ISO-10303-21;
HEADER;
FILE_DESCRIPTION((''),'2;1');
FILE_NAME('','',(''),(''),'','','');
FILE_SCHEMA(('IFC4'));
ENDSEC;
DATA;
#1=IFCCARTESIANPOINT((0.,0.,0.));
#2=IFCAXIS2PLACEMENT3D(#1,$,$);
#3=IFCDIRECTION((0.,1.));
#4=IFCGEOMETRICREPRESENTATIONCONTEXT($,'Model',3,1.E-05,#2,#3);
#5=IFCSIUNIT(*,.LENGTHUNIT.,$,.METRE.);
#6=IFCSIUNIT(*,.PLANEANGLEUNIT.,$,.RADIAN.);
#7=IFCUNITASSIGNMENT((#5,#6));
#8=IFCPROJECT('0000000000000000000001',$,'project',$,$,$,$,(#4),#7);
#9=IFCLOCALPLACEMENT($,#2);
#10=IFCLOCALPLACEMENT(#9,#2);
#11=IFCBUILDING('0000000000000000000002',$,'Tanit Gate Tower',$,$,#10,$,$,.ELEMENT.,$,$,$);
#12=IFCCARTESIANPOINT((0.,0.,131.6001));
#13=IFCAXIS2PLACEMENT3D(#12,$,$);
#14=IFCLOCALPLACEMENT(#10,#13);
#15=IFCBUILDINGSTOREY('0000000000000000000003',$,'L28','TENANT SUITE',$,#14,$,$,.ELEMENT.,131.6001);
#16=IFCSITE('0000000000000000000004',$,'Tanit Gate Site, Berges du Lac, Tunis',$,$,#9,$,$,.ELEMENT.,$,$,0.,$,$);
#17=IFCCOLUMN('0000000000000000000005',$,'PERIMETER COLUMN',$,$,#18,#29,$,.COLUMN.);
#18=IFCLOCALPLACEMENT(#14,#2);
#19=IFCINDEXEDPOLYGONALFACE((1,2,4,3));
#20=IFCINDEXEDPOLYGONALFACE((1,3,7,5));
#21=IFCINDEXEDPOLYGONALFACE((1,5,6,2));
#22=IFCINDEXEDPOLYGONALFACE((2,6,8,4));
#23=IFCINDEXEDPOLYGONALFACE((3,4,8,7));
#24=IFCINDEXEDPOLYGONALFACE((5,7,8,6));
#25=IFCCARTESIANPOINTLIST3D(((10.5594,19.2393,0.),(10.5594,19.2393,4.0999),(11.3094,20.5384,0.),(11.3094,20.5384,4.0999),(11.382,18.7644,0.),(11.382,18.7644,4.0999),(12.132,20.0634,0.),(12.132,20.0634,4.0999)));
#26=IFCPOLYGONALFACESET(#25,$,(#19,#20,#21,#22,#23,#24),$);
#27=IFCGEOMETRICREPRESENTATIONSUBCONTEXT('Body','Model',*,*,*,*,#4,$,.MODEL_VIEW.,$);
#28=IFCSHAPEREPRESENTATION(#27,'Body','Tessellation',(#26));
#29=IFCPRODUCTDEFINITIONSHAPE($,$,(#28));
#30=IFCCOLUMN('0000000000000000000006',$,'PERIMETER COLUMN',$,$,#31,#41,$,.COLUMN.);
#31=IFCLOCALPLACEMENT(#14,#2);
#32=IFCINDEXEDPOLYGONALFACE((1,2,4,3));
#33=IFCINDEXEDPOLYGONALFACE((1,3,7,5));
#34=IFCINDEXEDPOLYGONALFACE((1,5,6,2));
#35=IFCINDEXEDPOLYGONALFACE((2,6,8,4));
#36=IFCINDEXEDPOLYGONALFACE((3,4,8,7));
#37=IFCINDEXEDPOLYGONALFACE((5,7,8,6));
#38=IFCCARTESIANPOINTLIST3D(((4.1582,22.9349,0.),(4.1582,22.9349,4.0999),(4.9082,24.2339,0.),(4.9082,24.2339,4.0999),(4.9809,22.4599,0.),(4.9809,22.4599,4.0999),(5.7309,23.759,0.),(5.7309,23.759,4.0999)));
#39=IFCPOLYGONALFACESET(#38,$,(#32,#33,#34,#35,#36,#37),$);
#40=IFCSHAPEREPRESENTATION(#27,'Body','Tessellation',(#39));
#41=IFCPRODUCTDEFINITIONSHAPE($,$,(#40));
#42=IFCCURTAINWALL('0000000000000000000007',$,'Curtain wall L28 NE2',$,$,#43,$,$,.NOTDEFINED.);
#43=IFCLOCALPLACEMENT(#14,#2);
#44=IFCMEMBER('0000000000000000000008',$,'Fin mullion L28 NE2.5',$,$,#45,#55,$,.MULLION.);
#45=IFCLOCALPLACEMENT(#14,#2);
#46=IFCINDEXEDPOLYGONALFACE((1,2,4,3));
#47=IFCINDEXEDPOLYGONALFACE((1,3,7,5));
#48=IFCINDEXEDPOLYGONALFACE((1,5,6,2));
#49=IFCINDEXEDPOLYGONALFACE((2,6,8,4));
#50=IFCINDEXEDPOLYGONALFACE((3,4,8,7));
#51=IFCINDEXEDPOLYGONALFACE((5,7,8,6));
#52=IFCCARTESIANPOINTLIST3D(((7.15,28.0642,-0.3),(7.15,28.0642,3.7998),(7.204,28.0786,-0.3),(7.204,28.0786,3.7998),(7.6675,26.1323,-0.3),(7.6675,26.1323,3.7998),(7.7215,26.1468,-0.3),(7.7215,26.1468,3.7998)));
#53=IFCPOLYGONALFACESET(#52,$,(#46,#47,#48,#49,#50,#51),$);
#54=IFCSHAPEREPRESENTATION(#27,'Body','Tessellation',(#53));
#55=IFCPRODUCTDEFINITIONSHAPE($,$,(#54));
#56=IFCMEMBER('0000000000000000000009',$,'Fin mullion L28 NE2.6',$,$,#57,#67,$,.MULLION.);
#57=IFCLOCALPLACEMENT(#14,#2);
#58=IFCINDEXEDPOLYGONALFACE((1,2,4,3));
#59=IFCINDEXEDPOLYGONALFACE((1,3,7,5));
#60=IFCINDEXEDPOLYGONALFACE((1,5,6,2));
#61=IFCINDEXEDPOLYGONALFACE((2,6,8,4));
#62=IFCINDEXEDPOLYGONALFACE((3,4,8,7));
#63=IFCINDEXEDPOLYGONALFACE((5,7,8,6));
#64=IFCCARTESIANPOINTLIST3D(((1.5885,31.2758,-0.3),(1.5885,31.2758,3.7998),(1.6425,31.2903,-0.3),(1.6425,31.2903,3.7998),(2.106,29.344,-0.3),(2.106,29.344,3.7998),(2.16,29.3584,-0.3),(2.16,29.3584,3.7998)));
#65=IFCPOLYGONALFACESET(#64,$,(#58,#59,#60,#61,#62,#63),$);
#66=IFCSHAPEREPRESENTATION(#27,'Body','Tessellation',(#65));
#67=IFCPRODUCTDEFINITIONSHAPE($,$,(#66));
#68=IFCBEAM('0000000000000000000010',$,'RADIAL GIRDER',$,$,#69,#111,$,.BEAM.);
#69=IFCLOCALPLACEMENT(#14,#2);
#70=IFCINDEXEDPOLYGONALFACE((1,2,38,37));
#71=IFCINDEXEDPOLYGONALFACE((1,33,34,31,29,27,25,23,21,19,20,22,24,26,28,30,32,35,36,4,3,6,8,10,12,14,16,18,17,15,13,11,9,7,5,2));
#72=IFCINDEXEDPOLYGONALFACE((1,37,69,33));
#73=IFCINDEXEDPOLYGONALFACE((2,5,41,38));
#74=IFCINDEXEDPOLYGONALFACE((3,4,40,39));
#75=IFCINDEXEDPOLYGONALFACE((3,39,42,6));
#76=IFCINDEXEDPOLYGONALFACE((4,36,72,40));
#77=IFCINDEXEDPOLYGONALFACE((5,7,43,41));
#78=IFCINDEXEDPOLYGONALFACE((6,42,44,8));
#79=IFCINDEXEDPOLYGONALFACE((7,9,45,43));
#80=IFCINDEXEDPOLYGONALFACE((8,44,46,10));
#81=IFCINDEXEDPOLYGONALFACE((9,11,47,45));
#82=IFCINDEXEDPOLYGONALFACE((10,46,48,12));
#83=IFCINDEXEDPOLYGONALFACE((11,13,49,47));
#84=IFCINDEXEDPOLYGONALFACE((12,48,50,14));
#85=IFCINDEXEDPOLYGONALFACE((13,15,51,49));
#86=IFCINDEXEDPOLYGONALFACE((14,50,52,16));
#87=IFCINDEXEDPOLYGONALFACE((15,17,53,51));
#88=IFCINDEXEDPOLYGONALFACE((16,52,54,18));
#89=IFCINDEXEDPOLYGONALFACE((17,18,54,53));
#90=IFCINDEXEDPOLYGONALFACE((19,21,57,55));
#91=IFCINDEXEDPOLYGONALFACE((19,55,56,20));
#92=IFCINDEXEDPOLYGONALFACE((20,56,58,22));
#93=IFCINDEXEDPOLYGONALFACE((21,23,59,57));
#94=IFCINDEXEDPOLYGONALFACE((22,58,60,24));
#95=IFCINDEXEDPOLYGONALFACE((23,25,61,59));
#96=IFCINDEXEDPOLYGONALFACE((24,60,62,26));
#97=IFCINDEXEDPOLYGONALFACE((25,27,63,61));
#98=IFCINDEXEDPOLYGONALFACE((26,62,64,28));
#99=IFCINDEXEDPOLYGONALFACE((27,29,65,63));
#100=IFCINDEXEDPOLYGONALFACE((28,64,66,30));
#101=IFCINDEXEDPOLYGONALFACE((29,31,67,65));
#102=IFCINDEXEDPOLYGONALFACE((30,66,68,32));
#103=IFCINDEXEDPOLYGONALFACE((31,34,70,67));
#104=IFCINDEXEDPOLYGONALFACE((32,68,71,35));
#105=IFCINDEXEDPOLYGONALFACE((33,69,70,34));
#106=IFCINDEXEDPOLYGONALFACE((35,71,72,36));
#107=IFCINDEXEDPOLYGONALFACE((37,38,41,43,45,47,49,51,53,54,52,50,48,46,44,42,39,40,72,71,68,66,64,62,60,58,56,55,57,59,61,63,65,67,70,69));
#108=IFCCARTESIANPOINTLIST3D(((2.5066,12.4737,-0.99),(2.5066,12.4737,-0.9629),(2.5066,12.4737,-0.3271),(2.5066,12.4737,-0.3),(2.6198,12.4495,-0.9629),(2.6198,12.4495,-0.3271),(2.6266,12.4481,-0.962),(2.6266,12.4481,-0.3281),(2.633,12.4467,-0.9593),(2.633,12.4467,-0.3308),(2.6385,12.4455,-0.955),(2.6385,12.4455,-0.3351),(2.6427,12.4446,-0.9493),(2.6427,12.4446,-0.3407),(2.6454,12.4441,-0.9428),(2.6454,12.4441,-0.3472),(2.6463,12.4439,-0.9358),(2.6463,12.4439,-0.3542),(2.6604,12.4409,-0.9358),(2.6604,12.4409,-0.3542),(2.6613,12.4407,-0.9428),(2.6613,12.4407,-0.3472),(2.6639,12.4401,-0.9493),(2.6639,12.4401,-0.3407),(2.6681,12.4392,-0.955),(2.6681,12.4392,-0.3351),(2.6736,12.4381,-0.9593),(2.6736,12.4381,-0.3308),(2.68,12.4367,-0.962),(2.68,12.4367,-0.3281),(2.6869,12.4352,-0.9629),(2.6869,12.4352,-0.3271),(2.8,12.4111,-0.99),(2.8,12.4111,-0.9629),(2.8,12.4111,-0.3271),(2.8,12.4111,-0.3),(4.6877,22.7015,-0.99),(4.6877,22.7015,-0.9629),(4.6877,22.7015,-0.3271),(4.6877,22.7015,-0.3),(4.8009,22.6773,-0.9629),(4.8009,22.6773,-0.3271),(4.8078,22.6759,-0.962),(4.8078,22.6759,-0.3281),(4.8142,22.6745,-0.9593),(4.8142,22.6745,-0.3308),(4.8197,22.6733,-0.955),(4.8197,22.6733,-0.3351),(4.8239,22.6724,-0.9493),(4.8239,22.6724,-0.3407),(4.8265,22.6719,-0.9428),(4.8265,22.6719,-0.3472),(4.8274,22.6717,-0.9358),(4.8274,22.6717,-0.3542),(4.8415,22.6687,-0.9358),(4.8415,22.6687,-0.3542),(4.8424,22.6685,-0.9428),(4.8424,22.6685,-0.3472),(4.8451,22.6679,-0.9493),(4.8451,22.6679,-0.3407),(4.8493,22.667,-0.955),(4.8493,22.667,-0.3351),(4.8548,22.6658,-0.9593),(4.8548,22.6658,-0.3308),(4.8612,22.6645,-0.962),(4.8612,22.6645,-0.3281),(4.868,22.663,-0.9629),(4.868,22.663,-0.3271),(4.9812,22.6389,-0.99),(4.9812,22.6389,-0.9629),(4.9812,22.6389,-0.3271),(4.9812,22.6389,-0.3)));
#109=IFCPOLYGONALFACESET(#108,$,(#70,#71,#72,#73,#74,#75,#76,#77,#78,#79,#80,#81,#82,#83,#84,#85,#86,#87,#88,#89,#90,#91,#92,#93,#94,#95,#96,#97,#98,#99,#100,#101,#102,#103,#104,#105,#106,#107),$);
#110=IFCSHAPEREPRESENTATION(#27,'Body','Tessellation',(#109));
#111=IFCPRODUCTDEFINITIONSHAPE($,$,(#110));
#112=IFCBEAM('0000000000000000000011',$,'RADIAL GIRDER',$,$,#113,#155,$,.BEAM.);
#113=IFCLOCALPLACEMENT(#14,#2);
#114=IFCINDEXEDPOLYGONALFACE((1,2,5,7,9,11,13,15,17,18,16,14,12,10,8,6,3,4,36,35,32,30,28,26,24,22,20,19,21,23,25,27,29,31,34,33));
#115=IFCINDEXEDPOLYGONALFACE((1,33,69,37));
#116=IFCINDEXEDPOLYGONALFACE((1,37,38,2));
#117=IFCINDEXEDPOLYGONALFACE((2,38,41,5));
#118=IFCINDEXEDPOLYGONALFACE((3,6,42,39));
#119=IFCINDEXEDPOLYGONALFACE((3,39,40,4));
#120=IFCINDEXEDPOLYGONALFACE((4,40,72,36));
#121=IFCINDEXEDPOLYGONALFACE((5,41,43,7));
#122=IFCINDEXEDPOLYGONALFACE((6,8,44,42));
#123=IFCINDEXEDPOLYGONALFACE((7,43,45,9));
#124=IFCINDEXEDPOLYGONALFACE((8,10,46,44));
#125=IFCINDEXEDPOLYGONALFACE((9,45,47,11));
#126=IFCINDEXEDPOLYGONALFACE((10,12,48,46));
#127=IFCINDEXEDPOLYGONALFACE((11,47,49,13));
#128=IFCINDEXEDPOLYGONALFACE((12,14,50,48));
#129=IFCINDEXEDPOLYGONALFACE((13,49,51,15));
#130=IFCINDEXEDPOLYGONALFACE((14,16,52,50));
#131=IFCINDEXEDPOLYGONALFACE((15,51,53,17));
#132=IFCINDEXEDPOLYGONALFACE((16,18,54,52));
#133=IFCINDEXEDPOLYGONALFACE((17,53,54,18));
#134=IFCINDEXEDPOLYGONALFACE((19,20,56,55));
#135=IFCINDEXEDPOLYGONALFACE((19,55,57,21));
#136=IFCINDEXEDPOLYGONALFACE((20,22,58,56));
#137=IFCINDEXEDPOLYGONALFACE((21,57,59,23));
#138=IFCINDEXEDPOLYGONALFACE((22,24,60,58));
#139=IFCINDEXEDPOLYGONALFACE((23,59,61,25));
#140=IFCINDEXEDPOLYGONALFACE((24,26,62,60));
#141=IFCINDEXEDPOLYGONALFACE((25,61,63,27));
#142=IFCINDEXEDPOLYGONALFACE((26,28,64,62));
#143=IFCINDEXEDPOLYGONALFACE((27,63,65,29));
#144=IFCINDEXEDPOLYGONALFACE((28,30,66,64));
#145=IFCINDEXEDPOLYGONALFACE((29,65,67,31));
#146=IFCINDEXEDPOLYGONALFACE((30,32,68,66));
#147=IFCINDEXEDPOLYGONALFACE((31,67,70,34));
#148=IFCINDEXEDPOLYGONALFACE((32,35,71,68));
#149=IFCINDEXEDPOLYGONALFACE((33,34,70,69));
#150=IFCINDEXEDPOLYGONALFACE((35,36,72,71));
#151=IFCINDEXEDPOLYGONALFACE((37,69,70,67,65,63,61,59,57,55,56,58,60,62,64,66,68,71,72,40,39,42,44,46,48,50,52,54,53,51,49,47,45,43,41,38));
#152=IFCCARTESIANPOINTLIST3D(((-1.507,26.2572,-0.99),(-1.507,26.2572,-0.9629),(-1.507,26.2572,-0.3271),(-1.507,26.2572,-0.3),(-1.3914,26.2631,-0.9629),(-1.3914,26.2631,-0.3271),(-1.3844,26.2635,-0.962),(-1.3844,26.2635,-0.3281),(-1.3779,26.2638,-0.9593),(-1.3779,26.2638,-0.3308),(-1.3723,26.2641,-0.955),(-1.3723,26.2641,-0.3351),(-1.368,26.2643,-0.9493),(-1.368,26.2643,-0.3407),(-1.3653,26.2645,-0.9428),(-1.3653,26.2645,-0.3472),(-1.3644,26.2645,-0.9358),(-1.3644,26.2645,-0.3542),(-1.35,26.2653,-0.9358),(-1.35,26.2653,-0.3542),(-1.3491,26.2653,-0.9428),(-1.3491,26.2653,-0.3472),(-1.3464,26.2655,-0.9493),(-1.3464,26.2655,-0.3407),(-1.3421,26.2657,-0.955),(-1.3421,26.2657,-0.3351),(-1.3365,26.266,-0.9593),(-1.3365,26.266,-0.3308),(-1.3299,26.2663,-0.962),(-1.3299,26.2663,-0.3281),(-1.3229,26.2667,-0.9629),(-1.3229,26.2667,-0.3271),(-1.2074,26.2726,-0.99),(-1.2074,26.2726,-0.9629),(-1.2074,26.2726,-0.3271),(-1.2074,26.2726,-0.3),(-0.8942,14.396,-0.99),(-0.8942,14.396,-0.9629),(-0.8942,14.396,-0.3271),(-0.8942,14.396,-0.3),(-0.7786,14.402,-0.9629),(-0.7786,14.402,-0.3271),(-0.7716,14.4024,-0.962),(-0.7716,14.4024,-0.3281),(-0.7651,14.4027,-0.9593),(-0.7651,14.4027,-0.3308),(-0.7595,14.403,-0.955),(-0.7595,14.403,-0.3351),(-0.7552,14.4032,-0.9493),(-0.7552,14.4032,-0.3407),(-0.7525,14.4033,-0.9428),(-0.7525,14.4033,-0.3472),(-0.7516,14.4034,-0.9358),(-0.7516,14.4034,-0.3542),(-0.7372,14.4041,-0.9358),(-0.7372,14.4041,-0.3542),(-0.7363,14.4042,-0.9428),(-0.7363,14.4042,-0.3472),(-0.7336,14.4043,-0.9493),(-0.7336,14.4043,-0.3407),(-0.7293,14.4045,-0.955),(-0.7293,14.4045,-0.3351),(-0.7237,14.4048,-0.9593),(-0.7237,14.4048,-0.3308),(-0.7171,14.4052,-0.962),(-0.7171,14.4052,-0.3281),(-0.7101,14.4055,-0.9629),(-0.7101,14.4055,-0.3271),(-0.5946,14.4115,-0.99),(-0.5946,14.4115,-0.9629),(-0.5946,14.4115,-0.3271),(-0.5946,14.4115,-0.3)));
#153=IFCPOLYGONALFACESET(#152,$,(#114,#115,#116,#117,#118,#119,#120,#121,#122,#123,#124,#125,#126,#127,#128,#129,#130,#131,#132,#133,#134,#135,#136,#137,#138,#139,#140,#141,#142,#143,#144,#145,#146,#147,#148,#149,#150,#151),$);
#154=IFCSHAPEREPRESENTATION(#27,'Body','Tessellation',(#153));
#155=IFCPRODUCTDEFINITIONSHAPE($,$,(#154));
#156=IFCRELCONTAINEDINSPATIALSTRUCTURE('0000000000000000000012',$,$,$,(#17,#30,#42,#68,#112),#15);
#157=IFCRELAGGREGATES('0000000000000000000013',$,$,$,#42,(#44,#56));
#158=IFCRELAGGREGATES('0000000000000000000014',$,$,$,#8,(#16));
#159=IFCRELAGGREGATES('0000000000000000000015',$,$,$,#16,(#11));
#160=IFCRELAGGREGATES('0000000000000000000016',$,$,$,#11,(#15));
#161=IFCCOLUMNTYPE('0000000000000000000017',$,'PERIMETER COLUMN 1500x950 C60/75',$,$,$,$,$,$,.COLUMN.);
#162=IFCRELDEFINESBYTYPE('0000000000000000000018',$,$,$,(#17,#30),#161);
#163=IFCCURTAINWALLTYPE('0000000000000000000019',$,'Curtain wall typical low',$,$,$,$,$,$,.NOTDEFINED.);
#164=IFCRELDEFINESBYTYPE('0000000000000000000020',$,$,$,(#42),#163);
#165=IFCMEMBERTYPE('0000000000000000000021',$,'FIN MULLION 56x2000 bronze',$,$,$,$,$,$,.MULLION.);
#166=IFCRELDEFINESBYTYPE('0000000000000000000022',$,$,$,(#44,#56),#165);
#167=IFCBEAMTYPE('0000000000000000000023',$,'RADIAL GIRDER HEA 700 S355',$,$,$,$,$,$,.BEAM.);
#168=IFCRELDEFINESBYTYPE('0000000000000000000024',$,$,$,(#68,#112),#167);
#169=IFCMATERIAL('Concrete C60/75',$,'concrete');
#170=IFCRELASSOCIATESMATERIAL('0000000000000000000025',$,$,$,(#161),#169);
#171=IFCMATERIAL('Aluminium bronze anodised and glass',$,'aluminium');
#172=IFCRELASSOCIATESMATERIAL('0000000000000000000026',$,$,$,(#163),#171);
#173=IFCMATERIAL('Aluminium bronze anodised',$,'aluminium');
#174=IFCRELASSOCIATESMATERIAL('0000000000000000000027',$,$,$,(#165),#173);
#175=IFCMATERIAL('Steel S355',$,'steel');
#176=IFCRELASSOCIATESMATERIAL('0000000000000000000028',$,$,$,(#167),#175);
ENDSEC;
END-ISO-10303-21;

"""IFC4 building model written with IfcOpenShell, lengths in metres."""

from ifc_helpers import new_model, si_unit, direction, frame, origin, origin_2d, place, context, subcontext, project, spatial, rectangle, i_section, extrude, material, material_profile, profile_set, type_object, element, aggregate, save


model = new_model("IFC4")

# Units and contexts
model_context = context("Model", 3, precision=1e-05, world=origin(), true_north=direction((0.0, 1.0)))
body_context = subcontext(model_context, "Body", "Model", "MODEL_VIEW")
ifc_project = project(units=[si_unit("LENGTHUNIT", "METRE"), si_unit("PLANEANGLEUNIT", "RADIAN")], contexts=[model_context])

# Site, building, storey
site_placement = place(None, origin())
site = spatial("IfcSite", under=ifc_project, at=site_placement, Name="Tanit Gate Site, Berges du Lac, Tunis", CompositionType="ELEMENT", RefElevation=0.0)
building_placement = place(site_placement, origin())
building = spatial("IfcBuilding", under=site, at=building_placement, Name="Tanit Gate Tower", CompositionType="ELEMENT")
storey_placement = place(building_placement, frame((0.0, 0.0, 131.6001)))
storey = spatial("IfcBuildingStorey", under=building, at=storey_placement, Name="L28", Description="TENANT SUITE", CompositionType="ELEMENT", Elevation=131.6001)

# Columns
ifc_material_1 = material(Name="Concrete C60/75", Category="concrete")
ifc_material_profile_1 = material_profile(ifc_material_1, rectangle(XDim=1.5, YDim=0.95, at=origin_2d()), Name="RC 1500x950")
ifc_profile_set_1 = profile_set([ifc_material_profile_1], Name="Concrete C60/75")
column_type = type_object("IfcColumnType", Name="PERIMETER COLUMN 1500x950 C60/75", PredefinedType="COLUMN", material=ifc_profile_set_1)
for number, where, z_axis, x_axis, name in (
    (1, (11.3457, 19.6514, 0.0), (0.0, 0.0, 1.0), (0.5, 0.866025, 0.0), "PERIMETER COLUMN"),
    (2, (4.9446, 23.3469, 0.0), (0.0, 0.0, 1.0), (0.5, 0.866025, 0.0), "PERIMETER COLUMN"),
):
    element("IfcColumn", number, at=place(storey_placement, frame(where, z_axis=z_axis, x_axis=x_axis)), inside=storey, type_object=column_type, Name=name, PredefinedType="COLUMN", context=body_context, shape_type="SweptSolid", body=[
        extrude(rectangle(XDim=1.5, YDim=0.95, at=origin_2d()), origin(), (0.0, 0.0, 1.0), 4.0999),
    ])

# Curtain wall, members
ifc_material_2 = material(Name="Aluminium bronze anodised and glass", Category="aluminium")
curtain_wall_type = type_object("IfcCurtainWallType", Name="Curtain wall typical low", PredefinedType="NOTDEFINED", material=ifc_material_2)
curtain_wall_placement = place(storey_placement, origin())
curtain_wall = element("IfcCurtainWall", 3, at=curtain_wall_placement, inside=storey, type_object=curtain_wall_type, Name="Curtain wall L28 NE2", PredefinedType="NOTDEFINED")
ifc_material_3 = material(Name="Aluminium bronze anodised", Category="aluminium")
ifc_material_profile_2 = material_profile(ifc_material_3, rectangle(XDim=2.0, YDim=0.0559, at=origin_2d()), Name="56x2000 bronze fin mullion")
ifc_profile_set_2 = profile_set([ifc_material_profile_2], Name="Aluminium bronze anodised")
member_type_1 = type_object("IfcMemberType", Name="FIN MULLION 56x2000 bronze", PredefinedType="MULLION", material=ifc_profile_set_2)
member_1_placement = place(storey_placement, frame((7.4358, 27.1055, -0.3), z_axis=(0.0, 0.0, 1.0), x_axis=(0.258752, -0.965944, 0.0)))
member_1 = element("IfcMember", 4, at=member_1_placement, type_object=member_type_1, Name="Fin mullion L28 NE2.5", PredefinedType="MULLION", context=body_context, shape_type="SweptSolid", body=[
    extrude(rectangle(XDim=2.0, YDim=0.0559, at=origin_2d()), origin(), (0.0, 0.0, 1.0), 4.0999),
])
member_2_placement = place(storey_placement, frame((1.8743, 30.3171, -0.3), z_axis=(0.0, 0.0, 1.0), x_axis=(0.258752, -0.965944, 0.0)))
member_2 = element("IfcMember", 5, at=member_2_placement, type_object=member_type_1, Name="Fin mullion L28 NE2.6", PredefinedType="MULLION", context=body_context, shape_type="SweptSolid", body=[
    extrude(rectangle(XDim=2.0, YDim=0.0559, at=origin_2d()), origin(), (0.0, 0.0, 1.0), 4.0999),
])

# Beams
ifc_material_4 = material(Name="Steel S355", Category="steel")
ifc_material_profile_3 = material_profile(ifc_material_4, i_section(OverallWidth=0.3, OverallDepth=0.6899, WebThickness=0.0144, FlangeThickness=0.0271, FilletRadius=0.0271, at=origin_2d()), Name="HEA 700")
ifc_profile_set_3 = profile_set([ifc_material_profile_3], Name="Steel S355")
beam_type_1 = type_object("IfcBeamType", Name="RADIAL GIRDER HEA 700 S355", PredefinedType="BEAM", material=ifc_profile_set_3)
beam_1_placement = place(storey_placement, frame((4.8345, 22.6702, -0.645), z_axis=(-0.208568, -0.978008, 0.0), x_axis=(0.978008, -0.208568, 0.0)))
element("IfcBeam", 6, at=beam_1_placement, inside=storey, type_object=beam_type_1, Name="RADIAL GIRDER", PredefinedType="BEAM", context=body_context, shape_type="SweptSolid", body=[
    extrude(i_section(OverallWidth=0.3, OverallDepth=0.6899, WebThickness=0.0144, FlangeThickness=0.0271, FilletRadius=0.0271, at=origin_2d()), origin(), (0.0, 0.0, 1.0), 10.4578),
])
beam_2_placement = place(storey_placement, frame((-1.3572, 26.2649, -0.645), z_axis=(0.051595, -0.998668, 0.0), x_axis=(0.998668, 0.051595, 0.0)))
element("IfcBeam", 7, at=beam_2_placement, inside=storey, type_object=beam_type_1, Name="RADIAL GIRDER", PredefinedType="BEAM", context=body_context, shape_type="SweptSolid", body=[
    extrude(i_section(OverallWidth=0.3, OverallDepth=0.6899, WebThickness=0.0144, FlangeThickness=0.0271, FilletRadius=0.0271, at=origin_2d()), origin(), (0.0, 0.0, 1.0), 11.877),
])

aggregate(curtain_wall, [member_1, member_2])

save(model, "model.ifc")
